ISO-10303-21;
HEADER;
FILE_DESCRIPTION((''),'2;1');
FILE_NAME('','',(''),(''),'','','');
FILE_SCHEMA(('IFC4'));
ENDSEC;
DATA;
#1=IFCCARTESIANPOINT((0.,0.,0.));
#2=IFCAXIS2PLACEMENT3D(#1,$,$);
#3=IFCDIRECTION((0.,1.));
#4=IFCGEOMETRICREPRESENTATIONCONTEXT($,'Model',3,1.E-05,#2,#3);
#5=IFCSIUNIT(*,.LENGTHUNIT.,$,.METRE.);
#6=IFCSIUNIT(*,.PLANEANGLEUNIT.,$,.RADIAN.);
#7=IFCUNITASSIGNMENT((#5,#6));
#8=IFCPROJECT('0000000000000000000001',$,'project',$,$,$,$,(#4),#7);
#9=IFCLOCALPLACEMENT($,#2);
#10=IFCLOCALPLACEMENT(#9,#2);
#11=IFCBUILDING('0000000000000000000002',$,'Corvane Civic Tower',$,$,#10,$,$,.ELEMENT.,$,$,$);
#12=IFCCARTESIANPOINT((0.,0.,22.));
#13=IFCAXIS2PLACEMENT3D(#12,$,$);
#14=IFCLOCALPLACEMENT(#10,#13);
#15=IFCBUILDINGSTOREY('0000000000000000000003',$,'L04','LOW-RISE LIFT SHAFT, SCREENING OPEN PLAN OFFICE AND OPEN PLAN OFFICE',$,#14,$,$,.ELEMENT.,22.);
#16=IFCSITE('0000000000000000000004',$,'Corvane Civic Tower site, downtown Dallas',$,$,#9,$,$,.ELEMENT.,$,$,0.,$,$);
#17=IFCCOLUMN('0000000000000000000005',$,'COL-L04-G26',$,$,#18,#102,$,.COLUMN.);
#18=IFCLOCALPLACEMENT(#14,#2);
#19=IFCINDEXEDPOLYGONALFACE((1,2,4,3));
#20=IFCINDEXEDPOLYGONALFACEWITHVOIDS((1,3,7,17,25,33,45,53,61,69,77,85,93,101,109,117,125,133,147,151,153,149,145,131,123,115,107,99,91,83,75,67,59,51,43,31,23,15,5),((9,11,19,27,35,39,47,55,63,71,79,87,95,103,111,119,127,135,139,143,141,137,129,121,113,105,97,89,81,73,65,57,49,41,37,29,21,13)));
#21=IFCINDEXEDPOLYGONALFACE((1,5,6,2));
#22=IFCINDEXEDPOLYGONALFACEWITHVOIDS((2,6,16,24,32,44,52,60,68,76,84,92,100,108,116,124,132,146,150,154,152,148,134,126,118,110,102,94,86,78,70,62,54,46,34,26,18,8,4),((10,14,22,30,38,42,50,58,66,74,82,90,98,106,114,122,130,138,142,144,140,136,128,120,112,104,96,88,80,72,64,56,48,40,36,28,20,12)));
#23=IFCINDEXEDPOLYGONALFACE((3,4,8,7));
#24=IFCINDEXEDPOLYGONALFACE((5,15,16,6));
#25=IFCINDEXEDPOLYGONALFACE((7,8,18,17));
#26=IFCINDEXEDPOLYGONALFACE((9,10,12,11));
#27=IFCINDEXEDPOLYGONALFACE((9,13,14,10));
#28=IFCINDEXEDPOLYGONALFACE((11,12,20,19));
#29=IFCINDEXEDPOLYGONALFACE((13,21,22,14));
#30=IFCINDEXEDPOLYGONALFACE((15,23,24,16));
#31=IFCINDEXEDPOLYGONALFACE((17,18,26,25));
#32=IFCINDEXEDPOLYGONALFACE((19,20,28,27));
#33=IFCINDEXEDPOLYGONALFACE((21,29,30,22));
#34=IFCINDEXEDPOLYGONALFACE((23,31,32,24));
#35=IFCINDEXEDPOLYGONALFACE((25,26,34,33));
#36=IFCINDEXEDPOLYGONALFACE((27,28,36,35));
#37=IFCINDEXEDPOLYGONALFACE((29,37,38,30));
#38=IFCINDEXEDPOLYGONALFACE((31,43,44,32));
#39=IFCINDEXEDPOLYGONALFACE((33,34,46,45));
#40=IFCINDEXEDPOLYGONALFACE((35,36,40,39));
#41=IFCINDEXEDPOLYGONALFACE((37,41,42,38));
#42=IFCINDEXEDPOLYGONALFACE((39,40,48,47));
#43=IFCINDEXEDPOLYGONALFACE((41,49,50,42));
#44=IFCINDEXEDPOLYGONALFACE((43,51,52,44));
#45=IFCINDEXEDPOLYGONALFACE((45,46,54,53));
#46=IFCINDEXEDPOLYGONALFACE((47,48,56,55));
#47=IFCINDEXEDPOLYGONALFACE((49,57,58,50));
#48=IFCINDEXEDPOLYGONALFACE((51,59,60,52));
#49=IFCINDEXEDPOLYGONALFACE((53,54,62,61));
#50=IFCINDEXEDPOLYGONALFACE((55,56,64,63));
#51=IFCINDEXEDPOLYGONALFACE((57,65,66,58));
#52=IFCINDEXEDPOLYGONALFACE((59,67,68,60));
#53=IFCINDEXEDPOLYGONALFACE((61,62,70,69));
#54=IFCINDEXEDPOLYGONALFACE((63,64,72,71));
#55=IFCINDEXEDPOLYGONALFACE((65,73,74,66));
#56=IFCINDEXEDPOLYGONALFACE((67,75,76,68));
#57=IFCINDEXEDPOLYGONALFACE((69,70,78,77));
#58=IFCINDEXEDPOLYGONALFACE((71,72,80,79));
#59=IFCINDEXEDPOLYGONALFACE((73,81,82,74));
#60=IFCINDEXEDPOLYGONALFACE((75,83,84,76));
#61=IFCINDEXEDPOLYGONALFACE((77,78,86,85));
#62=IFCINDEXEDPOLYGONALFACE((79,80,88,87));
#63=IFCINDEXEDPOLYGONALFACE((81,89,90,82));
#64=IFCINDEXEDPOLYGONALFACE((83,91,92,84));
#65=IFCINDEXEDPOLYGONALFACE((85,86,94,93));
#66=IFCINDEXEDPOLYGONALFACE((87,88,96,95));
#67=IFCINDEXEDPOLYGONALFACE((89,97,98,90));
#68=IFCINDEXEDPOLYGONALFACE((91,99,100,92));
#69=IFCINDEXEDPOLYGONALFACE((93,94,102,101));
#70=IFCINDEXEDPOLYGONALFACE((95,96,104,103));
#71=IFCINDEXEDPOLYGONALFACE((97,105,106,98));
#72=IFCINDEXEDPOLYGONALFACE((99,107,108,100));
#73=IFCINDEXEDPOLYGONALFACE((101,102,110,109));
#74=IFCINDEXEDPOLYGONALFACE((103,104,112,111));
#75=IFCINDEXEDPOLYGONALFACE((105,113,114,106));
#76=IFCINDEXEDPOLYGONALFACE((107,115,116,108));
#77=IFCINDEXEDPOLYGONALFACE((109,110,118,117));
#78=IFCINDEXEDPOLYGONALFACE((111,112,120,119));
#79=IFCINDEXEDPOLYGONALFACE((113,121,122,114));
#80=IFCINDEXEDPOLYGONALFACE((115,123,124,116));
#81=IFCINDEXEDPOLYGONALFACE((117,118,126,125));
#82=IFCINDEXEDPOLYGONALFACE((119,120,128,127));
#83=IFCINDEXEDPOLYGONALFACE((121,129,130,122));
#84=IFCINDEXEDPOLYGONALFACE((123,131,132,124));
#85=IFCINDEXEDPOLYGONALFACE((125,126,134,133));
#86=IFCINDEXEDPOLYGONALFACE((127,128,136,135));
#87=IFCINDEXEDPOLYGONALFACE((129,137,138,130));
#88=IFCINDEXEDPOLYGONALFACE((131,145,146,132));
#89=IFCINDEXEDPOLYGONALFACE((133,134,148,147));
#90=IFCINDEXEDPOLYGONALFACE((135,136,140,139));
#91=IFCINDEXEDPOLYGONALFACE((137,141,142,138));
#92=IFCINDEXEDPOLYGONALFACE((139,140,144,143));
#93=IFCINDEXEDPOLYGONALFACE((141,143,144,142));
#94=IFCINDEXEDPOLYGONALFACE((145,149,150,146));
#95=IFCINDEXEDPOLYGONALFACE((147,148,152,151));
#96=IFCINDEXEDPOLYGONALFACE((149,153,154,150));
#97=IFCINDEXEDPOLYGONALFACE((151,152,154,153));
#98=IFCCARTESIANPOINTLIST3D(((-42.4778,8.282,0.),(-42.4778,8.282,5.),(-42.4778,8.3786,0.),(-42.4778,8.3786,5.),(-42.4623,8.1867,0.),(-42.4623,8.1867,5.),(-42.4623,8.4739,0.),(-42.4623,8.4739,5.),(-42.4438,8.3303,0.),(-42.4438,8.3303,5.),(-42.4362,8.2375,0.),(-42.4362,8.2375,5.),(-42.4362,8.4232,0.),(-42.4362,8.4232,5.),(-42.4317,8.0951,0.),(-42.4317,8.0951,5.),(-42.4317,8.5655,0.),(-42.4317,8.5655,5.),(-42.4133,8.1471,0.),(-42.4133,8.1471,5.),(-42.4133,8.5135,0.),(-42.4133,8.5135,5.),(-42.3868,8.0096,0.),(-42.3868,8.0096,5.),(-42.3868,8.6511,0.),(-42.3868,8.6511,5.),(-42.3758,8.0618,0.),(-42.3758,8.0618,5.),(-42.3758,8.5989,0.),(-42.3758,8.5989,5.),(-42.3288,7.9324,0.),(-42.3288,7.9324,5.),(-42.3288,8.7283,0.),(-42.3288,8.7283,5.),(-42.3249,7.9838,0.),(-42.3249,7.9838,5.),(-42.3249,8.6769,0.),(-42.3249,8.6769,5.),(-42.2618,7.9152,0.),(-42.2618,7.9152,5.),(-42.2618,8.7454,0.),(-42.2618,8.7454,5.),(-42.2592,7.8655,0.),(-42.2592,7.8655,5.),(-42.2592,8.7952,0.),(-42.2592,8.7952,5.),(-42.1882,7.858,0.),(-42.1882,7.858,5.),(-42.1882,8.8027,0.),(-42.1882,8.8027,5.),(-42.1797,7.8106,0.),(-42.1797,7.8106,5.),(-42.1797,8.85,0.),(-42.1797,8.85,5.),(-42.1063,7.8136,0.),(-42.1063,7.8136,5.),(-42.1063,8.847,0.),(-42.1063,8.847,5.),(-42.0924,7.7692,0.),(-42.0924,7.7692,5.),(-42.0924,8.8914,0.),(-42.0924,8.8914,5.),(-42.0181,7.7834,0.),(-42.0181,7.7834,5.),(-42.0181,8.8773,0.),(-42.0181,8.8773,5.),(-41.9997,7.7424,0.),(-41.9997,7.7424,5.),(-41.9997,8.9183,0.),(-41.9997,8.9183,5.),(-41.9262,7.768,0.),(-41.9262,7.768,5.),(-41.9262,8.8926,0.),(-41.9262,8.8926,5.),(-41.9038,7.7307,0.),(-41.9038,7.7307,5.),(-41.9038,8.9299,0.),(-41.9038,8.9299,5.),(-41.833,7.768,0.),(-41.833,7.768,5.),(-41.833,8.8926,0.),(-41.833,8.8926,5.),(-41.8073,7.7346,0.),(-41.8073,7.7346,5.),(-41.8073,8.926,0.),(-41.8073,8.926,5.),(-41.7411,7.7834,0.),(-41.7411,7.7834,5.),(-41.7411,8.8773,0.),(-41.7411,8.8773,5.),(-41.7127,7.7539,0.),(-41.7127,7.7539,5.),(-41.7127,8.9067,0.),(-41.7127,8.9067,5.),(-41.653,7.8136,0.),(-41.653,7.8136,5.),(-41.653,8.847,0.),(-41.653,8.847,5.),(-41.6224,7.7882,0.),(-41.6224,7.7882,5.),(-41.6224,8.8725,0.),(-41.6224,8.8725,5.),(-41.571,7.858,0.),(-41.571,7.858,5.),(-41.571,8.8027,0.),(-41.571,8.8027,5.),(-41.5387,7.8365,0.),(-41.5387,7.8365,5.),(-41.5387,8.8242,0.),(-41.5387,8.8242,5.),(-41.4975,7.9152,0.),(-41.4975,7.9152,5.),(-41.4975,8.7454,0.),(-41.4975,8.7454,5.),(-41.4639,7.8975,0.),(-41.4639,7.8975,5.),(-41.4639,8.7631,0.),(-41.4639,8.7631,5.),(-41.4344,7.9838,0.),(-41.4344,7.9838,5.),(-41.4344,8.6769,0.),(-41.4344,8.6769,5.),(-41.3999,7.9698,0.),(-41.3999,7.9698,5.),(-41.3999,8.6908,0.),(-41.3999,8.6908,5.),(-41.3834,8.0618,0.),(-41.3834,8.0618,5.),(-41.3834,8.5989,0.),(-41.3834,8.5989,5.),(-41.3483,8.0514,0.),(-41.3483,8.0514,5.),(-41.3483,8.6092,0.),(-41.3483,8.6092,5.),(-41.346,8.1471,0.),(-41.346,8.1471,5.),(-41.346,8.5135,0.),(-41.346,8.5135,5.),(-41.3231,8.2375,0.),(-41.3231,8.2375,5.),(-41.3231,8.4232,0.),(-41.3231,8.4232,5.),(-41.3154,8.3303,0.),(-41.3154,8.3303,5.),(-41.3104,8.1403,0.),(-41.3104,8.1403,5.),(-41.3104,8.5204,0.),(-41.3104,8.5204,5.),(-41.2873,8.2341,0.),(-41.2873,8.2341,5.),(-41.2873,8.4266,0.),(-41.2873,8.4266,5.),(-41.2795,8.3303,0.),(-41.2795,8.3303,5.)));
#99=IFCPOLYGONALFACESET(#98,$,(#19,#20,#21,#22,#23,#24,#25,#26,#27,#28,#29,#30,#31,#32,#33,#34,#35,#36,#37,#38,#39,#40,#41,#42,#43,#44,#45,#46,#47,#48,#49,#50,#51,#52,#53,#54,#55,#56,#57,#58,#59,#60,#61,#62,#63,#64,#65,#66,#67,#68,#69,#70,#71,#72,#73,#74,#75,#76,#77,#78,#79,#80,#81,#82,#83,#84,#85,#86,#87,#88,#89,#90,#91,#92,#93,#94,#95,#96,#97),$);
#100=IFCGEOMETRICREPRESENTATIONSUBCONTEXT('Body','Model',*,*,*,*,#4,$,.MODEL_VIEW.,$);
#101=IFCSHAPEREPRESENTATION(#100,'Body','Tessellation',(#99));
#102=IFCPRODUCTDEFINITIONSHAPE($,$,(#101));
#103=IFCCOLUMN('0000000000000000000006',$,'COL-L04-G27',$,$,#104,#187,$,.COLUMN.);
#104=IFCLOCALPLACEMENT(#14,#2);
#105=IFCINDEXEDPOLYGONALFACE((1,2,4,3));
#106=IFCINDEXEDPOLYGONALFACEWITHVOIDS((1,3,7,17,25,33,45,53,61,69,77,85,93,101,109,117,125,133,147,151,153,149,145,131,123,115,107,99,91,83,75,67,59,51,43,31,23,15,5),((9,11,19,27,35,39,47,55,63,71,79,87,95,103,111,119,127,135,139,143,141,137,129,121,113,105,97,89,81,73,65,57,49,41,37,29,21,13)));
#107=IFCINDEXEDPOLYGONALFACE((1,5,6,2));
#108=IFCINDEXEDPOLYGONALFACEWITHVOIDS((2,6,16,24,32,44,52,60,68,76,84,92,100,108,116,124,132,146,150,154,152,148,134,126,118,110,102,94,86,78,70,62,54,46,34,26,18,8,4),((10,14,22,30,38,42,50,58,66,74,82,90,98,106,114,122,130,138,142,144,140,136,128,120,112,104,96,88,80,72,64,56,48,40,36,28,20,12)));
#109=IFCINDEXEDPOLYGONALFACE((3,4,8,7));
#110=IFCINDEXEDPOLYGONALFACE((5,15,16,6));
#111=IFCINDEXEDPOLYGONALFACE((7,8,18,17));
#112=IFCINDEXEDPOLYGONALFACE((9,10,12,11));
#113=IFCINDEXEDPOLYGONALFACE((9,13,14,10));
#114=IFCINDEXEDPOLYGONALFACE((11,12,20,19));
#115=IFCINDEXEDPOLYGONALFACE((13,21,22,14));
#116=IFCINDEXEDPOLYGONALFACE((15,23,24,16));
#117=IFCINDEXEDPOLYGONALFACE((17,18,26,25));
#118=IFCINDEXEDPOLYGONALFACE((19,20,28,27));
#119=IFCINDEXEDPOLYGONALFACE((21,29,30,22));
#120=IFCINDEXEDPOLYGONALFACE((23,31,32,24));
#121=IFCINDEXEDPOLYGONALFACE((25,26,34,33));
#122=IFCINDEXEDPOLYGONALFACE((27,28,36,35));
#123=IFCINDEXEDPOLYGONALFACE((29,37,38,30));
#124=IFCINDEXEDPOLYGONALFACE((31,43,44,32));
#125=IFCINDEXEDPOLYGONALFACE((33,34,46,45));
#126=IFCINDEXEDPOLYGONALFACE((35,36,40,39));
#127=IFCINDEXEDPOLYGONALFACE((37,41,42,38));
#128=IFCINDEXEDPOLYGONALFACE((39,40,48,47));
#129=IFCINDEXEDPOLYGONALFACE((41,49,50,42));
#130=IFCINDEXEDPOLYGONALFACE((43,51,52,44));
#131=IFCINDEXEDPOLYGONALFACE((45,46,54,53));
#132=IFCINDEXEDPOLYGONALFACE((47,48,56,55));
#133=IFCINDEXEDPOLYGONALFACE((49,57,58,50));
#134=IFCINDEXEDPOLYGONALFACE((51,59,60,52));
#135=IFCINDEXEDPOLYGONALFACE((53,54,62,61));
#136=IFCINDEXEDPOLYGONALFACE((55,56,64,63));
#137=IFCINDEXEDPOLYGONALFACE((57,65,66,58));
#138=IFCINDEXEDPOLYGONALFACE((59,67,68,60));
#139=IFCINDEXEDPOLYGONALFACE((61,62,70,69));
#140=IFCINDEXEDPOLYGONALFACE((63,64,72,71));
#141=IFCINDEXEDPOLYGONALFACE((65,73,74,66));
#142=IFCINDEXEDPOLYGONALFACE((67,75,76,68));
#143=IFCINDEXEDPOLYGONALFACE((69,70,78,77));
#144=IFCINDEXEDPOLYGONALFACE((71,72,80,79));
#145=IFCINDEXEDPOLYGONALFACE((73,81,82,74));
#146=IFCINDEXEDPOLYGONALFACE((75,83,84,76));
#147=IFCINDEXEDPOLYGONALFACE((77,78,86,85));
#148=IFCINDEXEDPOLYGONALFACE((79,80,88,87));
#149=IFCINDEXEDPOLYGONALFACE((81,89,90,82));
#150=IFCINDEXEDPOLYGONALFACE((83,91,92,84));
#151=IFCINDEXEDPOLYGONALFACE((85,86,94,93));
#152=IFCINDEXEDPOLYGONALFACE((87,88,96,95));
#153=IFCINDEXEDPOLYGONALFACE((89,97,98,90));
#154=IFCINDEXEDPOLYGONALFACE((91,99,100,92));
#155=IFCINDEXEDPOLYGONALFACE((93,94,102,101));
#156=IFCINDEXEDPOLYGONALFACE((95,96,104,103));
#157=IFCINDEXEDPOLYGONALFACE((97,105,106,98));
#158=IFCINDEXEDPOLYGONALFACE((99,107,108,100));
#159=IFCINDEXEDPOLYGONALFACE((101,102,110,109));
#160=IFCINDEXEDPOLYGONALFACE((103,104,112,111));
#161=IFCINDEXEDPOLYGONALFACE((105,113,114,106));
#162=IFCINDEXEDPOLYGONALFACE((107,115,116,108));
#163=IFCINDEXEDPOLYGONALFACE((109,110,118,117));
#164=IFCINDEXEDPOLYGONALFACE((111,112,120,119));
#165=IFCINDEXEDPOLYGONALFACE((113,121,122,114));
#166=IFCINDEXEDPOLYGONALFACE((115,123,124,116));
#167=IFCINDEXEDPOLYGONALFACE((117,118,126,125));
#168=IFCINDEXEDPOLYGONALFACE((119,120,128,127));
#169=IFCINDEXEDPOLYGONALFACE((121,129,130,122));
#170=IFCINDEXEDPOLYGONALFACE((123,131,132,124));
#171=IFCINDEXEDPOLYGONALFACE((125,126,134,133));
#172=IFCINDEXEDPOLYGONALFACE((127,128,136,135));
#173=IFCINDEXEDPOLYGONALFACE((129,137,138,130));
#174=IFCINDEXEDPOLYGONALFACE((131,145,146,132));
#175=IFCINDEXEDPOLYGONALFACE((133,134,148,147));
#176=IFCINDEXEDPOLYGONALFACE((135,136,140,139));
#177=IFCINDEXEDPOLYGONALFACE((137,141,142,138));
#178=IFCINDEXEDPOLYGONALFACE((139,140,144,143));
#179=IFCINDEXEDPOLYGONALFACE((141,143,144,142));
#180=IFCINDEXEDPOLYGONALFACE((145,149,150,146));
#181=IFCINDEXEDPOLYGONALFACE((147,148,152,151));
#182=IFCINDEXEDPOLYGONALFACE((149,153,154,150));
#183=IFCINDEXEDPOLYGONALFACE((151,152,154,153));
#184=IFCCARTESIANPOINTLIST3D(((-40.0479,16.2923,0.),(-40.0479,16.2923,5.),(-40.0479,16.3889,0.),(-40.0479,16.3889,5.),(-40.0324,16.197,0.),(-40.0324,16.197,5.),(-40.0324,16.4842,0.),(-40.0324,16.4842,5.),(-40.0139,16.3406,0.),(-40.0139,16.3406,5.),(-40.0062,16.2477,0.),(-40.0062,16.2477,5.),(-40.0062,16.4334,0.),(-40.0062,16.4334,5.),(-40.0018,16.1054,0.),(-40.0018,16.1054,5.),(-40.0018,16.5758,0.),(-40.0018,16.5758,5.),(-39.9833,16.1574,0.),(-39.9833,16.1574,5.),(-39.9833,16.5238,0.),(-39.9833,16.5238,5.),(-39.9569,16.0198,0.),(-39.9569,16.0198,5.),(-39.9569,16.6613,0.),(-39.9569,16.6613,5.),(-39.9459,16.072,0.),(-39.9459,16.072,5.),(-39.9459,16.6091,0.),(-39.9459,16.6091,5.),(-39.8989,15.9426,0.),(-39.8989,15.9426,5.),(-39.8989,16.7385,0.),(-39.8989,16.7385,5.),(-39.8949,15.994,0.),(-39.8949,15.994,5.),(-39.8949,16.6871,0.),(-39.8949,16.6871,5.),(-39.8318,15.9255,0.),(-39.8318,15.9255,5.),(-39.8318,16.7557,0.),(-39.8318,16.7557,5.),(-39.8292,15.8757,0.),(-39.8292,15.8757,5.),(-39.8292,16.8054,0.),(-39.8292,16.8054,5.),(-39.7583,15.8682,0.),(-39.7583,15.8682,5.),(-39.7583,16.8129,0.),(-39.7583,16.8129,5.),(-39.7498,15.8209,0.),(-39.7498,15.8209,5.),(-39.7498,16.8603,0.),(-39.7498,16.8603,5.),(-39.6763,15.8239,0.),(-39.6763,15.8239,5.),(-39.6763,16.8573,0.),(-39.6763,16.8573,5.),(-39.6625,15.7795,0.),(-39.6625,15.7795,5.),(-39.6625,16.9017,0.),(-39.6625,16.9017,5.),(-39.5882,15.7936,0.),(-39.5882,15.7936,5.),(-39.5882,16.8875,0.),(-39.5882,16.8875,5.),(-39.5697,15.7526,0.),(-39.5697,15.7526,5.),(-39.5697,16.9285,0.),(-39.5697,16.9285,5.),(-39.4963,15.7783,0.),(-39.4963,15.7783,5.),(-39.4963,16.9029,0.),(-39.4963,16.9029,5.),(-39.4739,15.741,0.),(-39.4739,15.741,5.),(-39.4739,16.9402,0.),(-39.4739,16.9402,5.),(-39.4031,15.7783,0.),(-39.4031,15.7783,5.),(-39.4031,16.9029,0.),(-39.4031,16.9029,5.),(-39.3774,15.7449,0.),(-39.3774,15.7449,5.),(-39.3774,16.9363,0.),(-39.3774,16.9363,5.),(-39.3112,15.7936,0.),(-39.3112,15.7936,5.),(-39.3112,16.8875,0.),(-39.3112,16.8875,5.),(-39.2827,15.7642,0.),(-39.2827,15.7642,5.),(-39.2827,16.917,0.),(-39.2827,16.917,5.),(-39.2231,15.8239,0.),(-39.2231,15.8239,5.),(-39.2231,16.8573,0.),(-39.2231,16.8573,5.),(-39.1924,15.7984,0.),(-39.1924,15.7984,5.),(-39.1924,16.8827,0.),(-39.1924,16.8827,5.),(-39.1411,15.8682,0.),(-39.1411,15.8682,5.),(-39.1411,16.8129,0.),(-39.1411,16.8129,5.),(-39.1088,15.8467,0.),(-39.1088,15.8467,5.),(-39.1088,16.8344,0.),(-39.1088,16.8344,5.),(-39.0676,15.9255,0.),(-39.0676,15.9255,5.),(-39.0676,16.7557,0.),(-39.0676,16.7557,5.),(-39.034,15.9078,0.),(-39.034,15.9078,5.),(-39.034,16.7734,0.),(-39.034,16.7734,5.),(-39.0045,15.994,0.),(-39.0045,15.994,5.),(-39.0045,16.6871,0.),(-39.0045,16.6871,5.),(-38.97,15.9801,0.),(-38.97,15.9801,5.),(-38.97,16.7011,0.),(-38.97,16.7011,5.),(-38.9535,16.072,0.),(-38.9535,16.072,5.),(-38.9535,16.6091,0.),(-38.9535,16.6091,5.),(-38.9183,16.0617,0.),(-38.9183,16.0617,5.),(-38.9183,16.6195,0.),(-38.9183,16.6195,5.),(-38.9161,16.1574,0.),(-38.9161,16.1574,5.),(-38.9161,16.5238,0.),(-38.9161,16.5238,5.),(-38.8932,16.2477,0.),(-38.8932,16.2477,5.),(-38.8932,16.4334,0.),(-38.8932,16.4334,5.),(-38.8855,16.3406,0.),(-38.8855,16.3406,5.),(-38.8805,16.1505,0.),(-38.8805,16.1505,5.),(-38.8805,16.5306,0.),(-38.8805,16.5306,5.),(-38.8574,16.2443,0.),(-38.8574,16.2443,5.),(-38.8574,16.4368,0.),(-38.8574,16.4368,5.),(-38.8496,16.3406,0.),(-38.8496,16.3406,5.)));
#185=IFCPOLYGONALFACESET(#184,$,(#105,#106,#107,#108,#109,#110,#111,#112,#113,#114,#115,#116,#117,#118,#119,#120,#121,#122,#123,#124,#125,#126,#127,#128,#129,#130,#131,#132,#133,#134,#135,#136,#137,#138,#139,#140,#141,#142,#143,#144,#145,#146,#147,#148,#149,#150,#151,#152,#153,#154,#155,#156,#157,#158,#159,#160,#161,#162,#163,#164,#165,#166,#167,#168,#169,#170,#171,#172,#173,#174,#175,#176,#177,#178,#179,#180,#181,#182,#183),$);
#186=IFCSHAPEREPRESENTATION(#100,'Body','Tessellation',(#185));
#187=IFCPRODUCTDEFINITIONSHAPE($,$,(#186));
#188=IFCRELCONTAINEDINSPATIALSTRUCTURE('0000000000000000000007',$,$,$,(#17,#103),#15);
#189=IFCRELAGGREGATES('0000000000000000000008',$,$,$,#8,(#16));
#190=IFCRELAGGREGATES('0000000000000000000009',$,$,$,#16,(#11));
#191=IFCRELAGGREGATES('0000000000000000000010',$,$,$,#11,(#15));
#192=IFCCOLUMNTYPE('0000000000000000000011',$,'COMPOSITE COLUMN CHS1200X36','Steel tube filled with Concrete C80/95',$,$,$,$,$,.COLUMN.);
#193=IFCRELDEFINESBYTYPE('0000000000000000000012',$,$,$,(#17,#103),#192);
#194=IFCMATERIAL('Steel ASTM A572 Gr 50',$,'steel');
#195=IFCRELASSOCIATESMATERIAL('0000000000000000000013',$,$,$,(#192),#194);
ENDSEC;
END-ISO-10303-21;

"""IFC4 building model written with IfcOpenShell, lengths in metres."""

from ifc_helpers import new_model, si_unit, direction, frame, origin, origin_2d, place, context, subcontext, project, spatial, hollow_circle, extrude, material, material_profile, profile_set, type_object, element, save


model = new_model("IFC4")

# Units and contexts
model_context = context("Model", 3, precision=1e-05, world=origin(), true_north=direction((0.0, 1.0)))
body_context = subcontext(model_context, "Body", "Model", "MODEL_VIEW")
ifc_project = project(units=[si_unit("LENGTHUNIT", "METRE"), si_unit("PLANEANGLEUNIT", "RADIAN")], contexts=[model_context])

# Site, building, storey
site_placement = place(None, origin())
site = spatial("IfcSite", under=ifc_project, at=site_placement, Name="Corvane Civic Tower site, downtown Dallas", CompositionType="ELEMENT", RefElevation=0.0)
building_placement = place(site_placement, origin())
building = spatial("IfcBuilding", under=site, at=building_placement, Name="Corvane Civic Tower", CompositionType="ELEMENT")
storey_placement = place(building_placement, frame((0.0, 0.0, 22.0)))
storey = spatial("IfcBuildingStorey", under=building, at=storey_placement, Name="L04", Description="LOW-RISE LIFT SHAFT, SCREENING OPEN PLAN OFFICE AND OPEN PLAN OFFICE", CompositionType="ELEMENT", Elevation=22.0)

# Columns
ifc_material_1 = material(Name="Steel ASTM A572 Gr 50", Category="steel")
ifc_material_profile_1 = material_profile(ifc_material_1, hollow_circle(Radius=0.6001, WallThickness=0.0359, at=origin_2d()), Name="CHS1200X36")
ifc_profile_set_1 = profile_set([ifc_material_profile_1], Name="Steel ASTM A572 Gr 50")
column_type_1 = type_object("IfcColumnType", Name="COMPOSITE COLUMN CHS1200X36", Description="Steel tube filled with Concrete C80/95", PredefinedType="COLUMN", material=ifc_profile_set_1)
for number, where, z_axis, x_axis, name in (
    (1, (-41.8796, 8.3303, 0.0), (0.0, 0.0, 1.0), (1.0, 0.0, 0.0), "COL-L04-G26"),
    (2, (-39.4497, 16.3406, 0.0), (0.0, 0.0, 1.0), (1.0, 0.0, 0.0), "COL-L04-G27"),
):
    element("IfcColumn", number, at=place(storey_placement, frame(where, z_axis=z_axis, x_axis=x_axis)), inside=storey, type_object=column_type_1, Name=name, PredefinedType="COLUMN", context=body_context, shape_type="SweptSolid", body=[
        extrude(hollow_circle(Radius=0.6001, WallThickness=0.0359, at=origin_2d()), origin(), (0.0, 0.0, 1.0), 5.0),
    ])

save(model, "model.ifc")
